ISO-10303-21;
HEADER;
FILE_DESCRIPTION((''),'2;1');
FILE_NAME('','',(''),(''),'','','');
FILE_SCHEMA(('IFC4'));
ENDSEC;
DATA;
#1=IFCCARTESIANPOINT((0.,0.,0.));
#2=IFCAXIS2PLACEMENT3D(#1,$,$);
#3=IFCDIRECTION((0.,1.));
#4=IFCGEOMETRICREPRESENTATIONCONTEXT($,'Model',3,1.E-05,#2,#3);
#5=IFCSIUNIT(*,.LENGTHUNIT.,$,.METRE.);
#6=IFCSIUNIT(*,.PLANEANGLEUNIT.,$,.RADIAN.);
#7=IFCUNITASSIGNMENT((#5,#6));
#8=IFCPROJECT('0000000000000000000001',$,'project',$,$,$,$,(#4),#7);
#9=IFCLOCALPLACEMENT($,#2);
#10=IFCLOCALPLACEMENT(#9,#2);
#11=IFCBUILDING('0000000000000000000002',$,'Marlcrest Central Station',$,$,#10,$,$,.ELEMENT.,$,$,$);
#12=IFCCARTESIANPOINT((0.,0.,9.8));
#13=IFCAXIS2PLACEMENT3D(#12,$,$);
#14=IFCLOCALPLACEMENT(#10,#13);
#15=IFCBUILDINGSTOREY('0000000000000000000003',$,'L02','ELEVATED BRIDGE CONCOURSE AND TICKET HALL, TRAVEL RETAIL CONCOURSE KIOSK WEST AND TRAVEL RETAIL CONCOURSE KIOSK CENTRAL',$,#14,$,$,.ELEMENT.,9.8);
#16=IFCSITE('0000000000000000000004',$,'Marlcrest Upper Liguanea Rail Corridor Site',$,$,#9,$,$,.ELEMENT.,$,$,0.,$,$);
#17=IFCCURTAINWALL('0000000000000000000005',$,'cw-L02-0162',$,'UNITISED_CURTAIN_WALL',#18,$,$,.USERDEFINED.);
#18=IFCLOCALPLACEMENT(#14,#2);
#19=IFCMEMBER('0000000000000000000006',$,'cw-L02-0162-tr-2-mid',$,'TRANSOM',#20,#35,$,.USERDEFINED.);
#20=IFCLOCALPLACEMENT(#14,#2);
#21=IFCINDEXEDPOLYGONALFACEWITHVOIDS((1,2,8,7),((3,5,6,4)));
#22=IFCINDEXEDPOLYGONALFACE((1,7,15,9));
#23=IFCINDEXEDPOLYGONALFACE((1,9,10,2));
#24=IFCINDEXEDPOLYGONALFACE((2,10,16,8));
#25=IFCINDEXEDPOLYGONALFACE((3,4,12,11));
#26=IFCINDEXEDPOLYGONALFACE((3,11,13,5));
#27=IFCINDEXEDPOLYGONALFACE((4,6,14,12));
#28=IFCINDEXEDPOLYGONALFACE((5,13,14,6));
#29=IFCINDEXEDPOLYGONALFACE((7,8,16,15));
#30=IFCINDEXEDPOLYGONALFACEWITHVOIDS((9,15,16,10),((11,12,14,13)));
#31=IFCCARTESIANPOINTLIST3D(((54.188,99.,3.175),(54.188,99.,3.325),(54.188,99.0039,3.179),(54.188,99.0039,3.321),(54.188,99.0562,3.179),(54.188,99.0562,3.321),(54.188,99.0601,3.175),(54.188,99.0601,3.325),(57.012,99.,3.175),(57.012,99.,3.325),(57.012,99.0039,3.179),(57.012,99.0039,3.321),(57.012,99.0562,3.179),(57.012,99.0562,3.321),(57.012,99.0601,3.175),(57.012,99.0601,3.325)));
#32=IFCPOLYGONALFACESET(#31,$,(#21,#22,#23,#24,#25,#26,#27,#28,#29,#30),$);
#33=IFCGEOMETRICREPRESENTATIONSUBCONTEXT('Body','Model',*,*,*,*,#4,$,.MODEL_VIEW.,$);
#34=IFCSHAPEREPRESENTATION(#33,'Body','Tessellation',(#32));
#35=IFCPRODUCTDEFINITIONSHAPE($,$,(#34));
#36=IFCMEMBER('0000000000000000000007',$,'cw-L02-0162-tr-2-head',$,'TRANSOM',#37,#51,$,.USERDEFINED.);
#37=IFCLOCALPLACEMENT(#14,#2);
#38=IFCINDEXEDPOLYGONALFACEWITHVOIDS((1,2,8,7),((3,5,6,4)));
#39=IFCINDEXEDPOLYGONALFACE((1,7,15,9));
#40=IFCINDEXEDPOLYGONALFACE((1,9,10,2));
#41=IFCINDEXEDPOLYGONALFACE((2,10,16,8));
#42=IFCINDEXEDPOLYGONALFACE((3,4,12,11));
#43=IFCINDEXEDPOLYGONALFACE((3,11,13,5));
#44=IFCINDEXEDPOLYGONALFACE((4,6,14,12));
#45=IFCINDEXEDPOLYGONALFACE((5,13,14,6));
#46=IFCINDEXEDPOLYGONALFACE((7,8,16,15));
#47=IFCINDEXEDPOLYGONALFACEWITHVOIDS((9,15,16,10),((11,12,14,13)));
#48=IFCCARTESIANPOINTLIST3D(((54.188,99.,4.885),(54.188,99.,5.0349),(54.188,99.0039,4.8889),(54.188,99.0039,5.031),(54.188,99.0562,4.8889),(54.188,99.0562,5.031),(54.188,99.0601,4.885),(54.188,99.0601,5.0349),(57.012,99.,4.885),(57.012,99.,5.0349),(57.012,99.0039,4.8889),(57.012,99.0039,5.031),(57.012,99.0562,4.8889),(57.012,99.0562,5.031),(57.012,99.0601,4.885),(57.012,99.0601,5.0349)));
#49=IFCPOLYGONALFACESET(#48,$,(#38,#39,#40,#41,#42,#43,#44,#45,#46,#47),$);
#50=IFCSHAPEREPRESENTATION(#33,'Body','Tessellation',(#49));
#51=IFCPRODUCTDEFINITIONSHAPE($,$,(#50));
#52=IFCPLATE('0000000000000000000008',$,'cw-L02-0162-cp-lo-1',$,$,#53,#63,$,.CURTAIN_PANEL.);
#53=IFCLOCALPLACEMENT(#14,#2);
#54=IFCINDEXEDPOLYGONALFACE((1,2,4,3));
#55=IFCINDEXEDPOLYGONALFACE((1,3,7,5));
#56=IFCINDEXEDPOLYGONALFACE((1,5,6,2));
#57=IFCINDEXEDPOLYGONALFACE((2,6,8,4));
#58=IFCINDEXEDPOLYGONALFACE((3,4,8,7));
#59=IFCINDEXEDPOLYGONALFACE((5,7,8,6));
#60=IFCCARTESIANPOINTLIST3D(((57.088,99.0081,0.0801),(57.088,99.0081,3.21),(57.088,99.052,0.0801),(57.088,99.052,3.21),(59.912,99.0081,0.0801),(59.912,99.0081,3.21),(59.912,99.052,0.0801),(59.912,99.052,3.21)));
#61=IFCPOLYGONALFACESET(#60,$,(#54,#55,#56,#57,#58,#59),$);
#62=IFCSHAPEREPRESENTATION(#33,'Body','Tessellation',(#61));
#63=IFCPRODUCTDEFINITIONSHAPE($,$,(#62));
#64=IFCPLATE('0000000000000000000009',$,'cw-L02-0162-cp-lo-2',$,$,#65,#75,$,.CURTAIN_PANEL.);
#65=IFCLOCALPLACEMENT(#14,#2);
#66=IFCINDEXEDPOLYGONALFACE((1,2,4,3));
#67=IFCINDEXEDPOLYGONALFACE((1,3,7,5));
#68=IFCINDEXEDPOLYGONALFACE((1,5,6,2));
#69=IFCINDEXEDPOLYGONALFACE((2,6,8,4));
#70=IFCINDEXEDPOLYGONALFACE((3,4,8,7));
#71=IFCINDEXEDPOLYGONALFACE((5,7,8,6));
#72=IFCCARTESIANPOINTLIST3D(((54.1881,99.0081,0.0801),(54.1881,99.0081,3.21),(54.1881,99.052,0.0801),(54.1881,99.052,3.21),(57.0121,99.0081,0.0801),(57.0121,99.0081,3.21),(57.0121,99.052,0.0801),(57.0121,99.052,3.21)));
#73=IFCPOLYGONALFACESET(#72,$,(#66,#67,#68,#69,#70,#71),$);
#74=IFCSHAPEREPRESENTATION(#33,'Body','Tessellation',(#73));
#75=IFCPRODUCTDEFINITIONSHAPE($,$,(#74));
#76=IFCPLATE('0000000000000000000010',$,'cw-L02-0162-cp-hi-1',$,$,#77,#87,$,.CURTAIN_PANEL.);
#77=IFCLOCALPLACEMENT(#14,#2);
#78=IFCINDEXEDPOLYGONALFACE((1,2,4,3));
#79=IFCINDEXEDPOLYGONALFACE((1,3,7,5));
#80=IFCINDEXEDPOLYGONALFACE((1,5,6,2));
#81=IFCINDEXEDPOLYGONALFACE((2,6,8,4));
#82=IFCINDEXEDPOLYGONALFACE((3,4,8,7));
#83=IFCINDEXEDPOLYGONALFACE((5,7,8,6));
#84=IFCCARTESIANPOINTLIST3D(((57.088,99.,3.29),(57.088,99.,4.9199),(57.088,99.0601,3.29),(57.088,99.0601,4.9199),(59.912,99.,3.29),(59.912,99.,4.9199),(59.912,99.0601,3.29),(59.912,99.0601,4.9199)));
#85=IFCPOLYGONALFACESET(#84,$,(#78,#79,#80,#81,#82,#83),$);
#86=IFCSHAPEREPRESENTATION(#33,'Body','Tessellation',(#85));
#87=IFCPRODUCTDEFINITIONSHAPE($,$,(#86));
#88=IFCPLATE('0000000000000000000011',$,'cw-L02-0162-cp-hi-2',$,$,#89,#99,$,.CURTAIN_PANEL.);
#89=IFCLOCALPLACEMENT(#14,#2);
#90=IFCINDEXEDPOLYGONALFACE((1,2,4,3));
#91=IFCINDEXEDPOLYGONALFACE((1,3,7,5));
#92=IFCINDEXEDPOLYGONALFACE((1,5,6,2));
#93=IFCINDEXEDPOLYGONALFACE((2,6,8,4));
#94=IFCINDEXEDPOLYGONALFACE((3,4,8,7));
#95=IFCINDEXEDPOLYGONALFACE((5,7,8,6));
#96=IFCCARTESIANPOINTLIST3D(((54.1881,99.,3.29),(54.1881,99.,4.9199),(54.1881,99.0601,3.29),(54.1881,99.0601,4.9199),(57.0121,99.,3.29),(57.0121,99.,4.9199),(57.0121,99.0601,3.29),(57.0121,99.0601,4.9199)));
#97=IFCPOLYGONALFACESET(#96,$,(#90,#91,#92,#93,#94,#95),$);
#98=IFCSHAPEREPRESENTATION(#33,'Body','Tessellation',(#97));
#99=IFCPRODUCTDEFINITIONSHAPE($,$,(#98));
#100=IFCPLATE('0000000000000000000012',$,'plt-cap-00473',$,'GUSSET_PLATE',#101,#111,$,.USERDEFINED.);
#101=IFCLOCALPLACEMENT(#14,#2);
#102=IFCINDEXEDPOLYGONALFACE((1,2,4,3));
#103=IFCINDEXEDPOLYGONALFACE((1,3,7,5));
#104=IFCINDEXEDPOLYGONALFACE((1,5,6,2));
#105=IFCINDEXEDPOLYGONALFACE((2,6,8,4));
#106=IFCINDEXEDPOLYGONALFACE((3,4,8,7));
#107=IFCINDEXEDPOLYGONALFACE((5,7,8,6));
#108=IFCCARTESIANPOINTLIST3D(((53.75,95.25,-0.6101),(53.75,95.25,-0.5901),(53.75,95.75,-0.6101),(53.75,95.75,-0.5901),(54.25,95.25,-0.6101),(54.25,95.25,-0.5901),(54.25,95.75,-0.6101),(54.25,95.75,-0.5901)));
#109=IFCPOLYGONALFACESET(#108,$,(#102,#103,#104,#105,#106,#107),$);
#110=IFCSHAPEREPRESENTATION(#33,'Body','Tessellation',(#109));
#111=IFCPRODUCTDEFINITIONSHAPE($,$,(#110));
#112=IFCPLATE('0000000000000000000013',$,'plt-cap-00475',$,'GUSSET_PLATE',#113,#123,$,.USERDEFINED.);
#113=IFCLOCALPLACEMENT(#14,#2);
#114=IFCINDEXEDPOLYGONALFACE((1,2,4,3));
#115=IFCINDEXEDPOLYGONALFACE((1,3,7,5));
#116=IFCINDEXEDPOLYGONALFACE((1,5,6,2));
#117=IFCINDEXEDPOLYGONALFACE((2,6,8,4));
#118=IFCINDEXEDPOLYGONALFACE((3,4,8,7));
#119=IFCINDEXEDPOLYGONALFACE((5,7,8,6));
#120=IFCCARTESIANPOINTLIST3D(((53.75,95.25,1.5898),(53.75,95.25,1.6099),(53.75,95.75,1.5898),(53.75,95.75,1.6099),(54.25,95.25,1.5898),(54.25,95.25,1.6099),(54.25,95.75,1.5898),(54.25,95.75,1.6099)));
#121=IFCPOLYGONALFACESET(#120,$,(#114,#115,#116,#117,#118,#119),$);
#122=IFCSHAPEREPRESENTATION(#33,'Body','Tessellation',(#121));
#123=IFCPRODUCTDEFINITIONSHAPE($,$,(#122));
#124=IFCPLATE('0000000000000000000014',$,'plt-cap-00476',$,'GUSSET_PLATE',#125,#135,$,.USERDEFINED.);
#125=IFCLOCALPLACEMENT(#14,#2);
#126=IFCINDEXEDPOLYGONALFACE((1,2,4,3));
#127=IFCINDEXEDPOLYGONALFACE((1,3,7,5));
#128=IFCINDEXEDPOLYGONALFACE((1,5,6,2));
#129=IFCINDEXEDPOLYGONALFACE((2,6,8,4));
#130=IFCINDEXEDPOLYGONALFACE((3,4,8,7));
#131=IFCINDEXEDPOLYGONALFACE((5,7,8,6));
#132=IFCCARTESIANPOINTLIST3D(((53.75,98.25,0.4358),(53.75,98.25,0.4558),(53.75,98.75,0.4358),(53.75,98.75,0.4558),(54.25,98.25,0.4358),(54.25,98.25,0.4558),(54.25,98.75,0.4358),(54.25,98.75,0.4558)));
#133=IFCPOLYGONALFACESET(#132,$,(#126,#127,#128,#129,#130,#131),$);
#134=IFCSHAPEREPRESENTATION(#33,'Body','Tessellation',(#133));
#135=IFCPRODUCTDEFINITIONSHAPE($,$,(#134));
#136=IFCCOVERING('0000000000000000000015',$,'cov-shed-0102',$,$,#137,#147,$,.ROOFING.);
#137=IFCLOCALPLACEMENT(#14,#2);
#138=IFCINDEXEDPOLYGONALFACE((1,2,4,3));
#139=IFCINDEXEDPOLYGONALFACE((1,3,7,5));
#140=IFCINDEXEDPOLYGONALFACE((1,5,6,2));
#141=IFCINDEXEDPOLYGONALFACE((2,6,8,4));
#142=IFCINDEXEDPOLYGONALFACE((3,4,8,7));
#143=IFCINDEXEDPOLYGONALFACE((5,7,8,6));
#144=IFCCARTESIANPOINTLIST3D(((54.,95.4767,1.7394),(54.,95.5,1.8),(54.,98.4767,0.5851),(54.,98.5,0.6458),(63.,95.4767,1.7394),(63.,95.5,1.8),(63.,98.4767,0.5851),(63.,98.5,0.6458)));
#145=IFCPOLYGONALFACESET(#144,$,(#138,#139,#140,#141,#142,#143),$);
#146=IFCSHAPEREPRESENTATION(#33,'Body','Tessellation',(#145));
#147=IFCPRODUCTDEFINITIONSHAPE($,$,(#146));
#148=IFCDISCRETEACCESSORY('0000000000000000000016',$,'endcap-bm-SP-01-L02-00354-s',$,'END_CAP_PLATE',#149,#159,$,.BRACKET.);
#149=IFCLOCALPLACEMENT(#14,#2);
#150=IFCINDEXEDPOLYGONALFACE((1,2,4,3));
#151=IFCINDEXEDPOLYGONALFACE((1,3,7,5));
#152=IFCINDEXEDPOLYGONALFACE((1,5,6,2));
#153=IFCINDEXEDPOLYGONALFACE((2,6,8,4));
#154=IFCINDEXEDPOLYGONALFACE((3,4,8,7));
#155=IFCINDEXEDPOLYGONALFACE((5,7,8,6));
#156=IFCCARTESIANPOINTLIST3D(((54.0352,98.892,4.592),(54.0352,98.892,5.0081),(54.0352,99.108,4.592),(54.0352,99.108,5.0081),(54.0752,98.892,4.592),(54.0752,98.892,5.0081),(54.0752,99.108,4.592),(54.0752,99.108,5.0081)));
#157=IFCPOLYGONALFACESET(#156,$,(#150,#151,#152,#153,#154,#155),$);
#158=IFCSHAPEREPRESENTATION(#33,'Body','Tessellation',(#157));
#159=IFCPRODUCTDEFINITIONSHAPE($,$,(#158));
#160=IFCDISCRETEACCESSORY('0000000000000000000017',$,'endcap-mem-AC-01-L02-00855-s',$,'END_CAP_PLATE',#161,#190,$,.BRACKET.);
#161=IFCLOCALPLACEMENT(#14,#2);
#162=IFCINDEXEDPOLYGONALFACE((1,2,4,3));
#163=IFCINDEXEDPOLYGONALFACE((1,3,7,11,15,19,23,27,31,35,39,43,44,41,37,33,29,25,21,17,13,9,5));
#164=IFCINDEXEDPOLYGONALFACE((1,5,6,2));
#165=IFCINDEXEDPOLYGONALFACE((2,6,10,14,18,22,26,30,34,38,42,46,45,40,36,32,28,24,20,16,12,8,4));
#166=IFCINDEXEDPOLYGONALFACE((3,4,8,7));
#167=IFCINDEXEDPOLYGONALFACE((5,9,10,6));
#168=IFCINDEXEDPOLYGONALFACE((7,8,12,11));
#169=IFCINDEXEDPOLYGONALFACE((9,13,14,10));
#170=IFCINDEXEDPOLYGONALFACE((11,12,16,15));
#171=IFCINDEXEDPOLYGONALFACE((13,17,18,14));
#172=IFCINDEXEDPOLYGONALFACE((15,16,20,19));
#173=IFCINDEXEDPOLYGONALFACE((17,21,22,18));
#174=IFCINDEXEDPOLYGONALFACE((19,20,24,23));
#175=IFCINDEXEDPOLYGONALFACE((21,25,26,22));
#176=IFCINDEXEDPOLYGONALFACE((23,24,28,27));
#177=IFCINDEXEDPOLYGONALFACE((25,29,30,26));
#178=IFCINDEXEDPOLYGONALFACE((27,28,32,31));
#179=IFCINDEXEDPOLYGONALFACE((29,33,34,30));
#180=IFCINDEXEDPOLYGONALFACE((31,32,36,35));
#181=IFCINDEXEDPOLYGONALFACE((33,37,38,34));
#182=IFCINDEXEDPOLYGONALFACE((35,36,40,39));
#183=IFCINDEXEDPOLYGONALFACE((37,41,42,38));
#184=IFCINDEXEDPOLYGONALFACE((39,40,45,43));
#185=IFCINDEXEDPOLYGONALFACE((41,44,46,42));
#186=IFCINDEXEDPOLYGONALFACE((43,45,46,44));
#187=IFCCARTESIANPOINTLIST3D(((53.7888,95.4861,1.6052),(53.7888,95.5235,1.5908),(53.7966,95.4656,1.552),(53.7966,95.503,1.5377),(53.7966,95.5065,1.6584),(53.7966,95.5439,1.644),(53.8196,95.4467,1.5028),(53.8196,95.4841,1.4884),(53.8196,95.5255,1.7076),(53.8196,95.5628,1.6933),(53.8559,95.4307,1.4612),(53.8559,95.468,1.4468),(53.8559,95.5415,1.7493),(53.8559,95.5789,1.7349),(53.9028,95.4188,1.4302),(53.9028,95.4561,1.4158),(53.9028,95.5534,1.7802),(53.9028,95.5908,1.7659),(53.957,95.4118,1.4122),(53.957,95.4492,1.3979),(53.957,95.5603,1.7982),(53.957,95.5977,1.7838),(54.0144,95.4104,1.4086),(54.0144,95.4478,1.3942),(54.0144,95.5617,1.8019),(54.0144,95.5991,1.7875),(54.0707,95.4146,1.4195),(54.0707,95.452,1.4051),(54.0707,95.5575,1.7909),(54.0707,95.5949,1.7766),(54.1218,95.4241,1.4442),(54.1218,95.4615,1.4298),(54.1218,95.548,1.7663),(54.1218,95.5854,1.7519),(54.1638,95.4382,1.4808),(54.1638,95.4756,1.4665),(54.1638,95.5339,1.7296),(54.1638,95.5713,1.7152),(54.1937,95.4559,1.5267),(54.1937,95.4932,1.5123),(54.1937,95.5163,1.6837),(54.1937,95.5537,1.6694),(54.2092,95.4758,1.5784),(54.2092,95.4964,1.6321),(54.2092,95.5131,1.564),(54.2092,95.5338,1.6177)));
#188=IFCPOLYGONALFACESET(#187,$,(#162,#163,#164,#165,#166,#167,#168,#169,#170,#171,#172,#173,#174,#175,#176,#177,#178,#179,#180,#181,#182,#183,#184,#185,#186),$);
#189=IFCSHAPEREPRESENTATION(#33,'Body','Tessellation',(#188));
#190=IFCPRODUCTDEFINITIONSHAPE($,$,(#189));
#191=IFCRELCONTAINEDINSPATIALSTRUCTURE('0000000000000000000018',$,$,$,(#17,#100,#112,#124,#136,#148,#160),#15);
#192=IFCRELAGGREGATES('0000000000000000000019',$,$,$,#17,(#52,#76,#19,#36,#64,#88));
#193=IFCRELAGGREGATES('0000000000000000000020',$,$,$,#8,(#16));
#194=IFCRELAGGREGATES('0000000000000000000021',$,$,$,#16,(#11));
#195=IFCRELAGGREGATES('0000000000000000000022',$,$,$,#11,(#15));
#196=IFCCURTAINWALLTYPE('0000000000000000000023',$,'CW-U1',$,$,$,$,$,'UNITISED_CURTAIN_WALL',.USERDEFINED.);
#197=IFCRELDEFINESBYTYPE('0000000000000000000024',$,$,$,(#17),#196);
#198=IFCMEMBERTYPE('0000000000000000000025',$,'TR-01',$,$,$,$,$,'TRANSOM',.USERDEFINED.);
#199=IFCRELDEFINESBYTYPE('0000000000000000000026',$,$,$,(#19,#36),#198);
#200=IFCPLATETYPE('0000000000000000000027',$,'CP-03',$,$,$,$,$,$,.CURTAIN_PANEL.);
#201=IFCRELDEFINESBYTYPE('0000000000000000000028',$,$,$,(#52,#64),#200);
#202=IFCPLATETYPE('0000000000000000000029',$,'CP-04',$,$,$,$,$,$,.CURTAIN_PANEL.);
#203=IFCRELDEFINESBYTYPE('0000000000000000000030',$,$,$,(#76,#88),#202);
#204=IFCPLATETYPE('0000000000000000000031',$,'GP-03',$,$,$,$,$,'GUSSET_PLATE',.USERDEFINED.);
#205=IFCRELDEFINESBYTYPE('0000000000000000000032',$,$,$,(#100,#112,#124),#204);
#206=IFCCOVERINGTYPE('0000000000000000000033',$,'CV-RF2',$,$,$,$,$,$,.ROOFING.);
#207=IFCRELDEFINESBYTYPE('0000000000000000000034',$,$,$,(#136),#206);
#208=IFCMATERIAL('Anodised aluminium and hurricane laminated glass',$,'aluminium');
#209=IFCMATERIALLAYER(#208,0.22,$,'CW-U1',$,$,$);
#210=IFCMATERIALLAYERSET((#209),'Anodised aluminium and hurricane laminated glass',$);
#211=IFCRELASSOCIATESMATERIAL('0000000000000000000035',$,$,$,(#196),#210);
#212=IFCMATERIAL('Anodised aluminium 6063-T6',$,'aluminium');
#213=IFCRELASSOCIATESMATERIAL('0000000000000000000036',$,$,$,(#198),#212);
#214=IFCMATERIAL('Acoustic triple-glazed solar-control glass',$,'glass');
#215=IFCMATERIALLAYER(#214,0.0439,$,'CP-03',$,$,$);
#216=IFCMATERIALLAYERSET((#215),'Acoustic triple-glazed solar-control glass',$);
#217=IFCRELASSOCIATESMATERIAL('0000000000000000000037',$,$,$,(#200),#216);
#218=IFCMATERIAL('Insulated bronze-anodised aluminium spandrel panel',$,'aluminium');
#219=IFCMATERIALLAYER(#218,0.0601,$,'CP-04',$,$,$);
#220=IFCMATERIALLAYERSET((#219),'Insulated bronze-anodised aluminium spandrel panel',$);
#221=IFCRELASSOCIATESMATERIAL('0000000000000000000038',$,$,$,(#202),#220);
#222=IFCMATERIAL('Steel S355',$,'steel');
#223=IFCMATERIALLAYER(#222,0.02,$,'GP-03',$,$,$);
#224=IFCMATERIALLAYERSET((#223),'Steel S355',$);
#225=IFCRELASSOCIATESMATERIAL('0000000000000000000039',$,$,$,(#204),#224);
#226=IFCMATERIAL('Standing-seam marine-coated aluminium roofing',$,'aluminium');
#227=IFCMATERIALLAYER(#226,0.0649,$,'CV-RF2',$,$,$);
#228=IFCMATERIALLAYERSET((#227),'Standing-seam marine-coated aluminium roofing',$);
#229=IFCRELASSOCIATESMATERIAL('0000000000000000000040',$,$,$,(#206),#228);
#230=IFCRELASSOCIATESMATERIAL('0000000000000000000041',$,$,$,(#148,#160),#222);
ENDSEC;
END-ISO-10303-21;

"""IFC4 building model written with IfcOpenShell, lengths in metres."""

from ifc_helpers import new_model, si_unit, direction, frame, origin, origin_2d, place, context, subcontext, project, spatial, polyline, rectangle, hollow_rectangle, circle, outline, extrude, material, layer, layer_set, material_profile, profile_set, type_object, element, aggregate, save


model = new_model("IFC4")

# Units and contexts
model_context = context("Model", 3, precision=1e-05, world=origin(), true_north=direction((0.0, 1.0)))
body_context = subcontext(model_context, "Body", "Model", "MODEL_VIEW")
ifc_project = project(units=[si_unit("LENGTHUNIT", "METRE"), si_unit("PLANEANGLEUNIT", "RADIAN")], contexts=[model_context])

# Site, building, storey
site_placement = place(None, origin())
site = spatial("IfcSite", under=ifc_project, at=site_placement, Name="Marlcrest Upper Liguanea Rail Corridor Site", CompositionType="ELEMENT", RefElevation=0.0)
building_placement = place(site_placement, origin())
building = spatial("IfcBuilding", under=site, at=building_placement, Name="Marlcrest Central Station", CompositionType="ELEMENT")
storey_placement = place(building_placement, frame((0.0, 0.0, 9.8)))
storey = spatial("IfcBuildingStorey", under=building, at=storey_placement, Name="L02", Description="ELEVATED BRIDGE CONCOURSE AND TICKET HALL, TRAVEL RETAIL CONCOURSE KIOSK WEST AND TRAVEL RETAIL CONCOURSE KIOSK CENTRAL", CompositionType="ELEMENT", Elevation=9.8)

# Shared definitions
ifc_material_1 = material(Name="Steel S355", Category="steel")

# Curtain wall
ifc_material_2 = material(Name="Anodised aluminium and hurricane laminated glass", Category="aluminium")
ifc_layer_1 = layer(ifc_material_2, 0.22, Name="CW-U1")
ifc_layer_set_1 = layer_set([ifc_layer_1], Name="Anodised aluminium and hurricane laminated glass")
curtain_wall_type = type_object("IfcCurtainWallType", Name="CW-U1", ElementType="UNITISED_CURTAIN_WALL", PredefinedType="USERDEFINED", material=ifc_layer_set_1)
curtain_wall_placement = place(storey_placement, origin())
curtain_wall = element("IfcCurtainWall", 1, at=curtain_wall_placement, inside=storey, type_object=curtain_wall_type, Name="cw-L02-0162", ObjectType="UNITISED_CURTAIN_WALL", PredefinedType="USERDEFINED")
ifc_material_3 = material(Name="Anodised aluminium 6063-T6", Category="aluminium")

# Members
ifc_material_profile_1 = material_profile(ifc_material_3, hollow_rectangle(XDim=0.0601, YDim=0.1499, WallThickness=0.0039, at=origin_2d()), Name="AA-RHS 150x60x4")
ifc_profile_set_1 = profile_set([ifc_material_profile_1], Name="Anodised aluminium 6063-T6")
member_type_1 = type_object("IfcMemberType", Name="TR-01", ElementType="TRANSOM", PredefinedType="USERDEFINED", material=ifc_profile_set_1)
member_1_placement = place(storey_placement, frame((57.012, 99.03, 3.25), z_axis=(-1.0, 0.0, 0.0), x_axis=(0.0, -1.0, 0.0)))
member_1 = element("IfcMember", 2, at=member_1_placement, type_object=member_type_1, Name="cw-L02-0162-tr-2-mid", ObjectType="TRANSOM", PredefinedType="USERDEFINED", context=body_context, shape_type="SweptSolid", body=[
    extrude(hollow_rectangle(XDim=0.0601, YDim=0.1499, WallThickness=0.0039, at=origin_2d()), origin(), (0.0, 0.0, 1.0), 2.824),
])
member_2_placement = place(storey_placement, frame((57.012, 99.03, 4.96), z_axis=(-1.0, 0.0, 0.0), x_axis=(0.0, -1.0, 0.0)))
member_2 = element("IfcMember", 3, at=member_2_placement, type_object=member_type_1, Name="cw-L02-0162-tr-2-head", ObjectType="TRANSOM", PredefinedType="USERDEFINED", context=body_context, shape_type="SweptSolid", body=[
    extrude(hollow_rectangle(XDim=0.0601, YDim=0.1499, WallThickness=0.0039, at=origin_2d()), origin(), (0.0, 0.0, 1.0), 2.824),
])

# Plates
ifc_material_4 = material(Name="Acoustic triple-glazed solar-control glass", Category="glass")
ifc_layer_2 = layer(ifc_material_4, 0.0439, Name="CP-03")
ifc_layer_set_2 = layer_set([ifc_layer_2], Name="Acoustic triple-glazed solar-control glass")
plate_type_1 = type_object("IfcPlateType", Name="CP-03", PredefinedType="CURTAIN_PANEL", material=ifc_layer_set_2)
plate_1_placement = place(storey_placement, frame((58.5, 99.03, 0.0801), z_axis=(0.0, 0.0, 1.0), x_axis=(-1.0, 0.0, 0.0)))
plate_1 = element("IfcPlate", 4, at=plate_1_placement, type_object=plate_type_1, Name="cw-L02-0162-cp-lo-1", PredefinedType="CURTAIN_PANEL", context=body_context, shape_type="SweptSolid", body=[
    extrude(rectangle(XDim=2.824, YDim=0.0439, at=origin_2d()), origin(), (0.0, 0.0, 1.0), 3.1299),
])
plate_2_placement = place(storey_placement, frame((55.6001, 99.03, 0.0801), z_axis=(0.0, 0.0, 1.0), x_axis=(-1.0, 0.0, 0.0)))
plate_2 = element("IfcPlate", 5, at=plate_2_placement, type_object=plate_type_1, Name="cw-L02-0162-cp-lo-2", PredefinedType="CURTAIN_PANEL", context=body_context, shape_type="SweptSolid", body=[
    extrude(rectangle(XDim=2.824, YDim=0.0439, at=origin_2d()), origin(), (0.0, 0.0, 1.0), 3.1299),
])
ifc_material_5 = material(Name="Insulated bronze-anodised aluminium spandrel panel", Category="aluminium")
ifc_layer_3 = layer(ifc_material_5, 0.0601, Name="CP-04")
ifc_layer_set_3 = layer_set([ifc_layer_3], Name="Insulated bronze-anodised aluminium spandrel panel")
plate_type_2 = type_object("IfcPlateType", Name="CP-04", PredefinedType="CURTAIN_PANEL", material=ifc_layer_set_3)
plate_3_placement = place(storey_placement, frame((58.5, 99.03, 3.29), z_axis=(0.0, 0.0, 1.0), x_axis=(-1.0, 0.0, 0.0)))
plate_3 = element("IfcPlate", 6, at=plate_3_placement, type_object=plate_type_2, Name="cw-L02-0162-cp-hi-1", PredefinedType="CURTAIN_PANEL", context=body_context, shape_type="SweptSolid", body=[
    extrude(rectangle(XDim=2.824, YDim=0.0601, at=origin_2d()), origin(), (0.0, 0.0, 1.0), 1.6299),
])
plate_4_placement = place(storey_placement, frame((55.6001, 99.03, 3.29), z_axis=(0.0, 0.0, 1.0), x_axis=(-1.0, 0.0, 0.0)))
plate_4 = element("IfcPlate", 7, at=plate_4_placement, type_object=plate_type_2, Name="cw-L02-0162-cp-hi-2", PredefinedType="CURTAIN_PANEL", context=body_context, shape_type="SweptSolid", body=[
    extrude(rectangle(XDim=2.824, YDim=0.0601, at=origin_2d()), origin(), (0.0, 0.0, 1.0), 1.6299),
])
aggregate(curtain_wall, [plate_1, plate_3, member_1, member_2, plate_2, plate_4])

# Plates
ifc_layer_4 = layer(ifc_material_1, 0.02, Name="GP-03")
ifc_layer_set_4 = layer_set([ifc_layer_4], Name="Steel S355")
plate_type_3 = type_object("IfcPlateType", Name="GP-03", ElementType="GUSSET_PLATE", PredefinedType="USERDEFINED", material=ifc_layer_set_4)
for number, where, z_axis, x_axis, name in (
    (8, (54.0, 95.5, -0.6101), (0.0, 0.0, 1.0), (1.0, 0.0, 0.0), "plt-cap-00473"),
    (9, (54.0, 95.5, 1.5898), (0.0, 0.0, 1.0), (1.0, 0.0, 0.0), "plt-cap-00475"),
    (10, (54.0, 98.5, 0.4358), (0.0, 0.0, 1.0), (1.0, 0.0, 0.0), "plt-cap-00476"),
):
    element("IfcPlate", number, at=place(storey_placement, frame(where, z_axis=z_axis, x_axis=x_axis)), inside=storey, type_object=plate_type_3, Name=name, ObjectType="GUSSET_PLATE", PredefinedType="USERDEFINED", context=body_context, shape_type="SweptSolid", body=[
        extrude(rectangle(XDim=0.5, YDim=0.5, at=origin_2d()), origin(), (0.0, 0.0, 1.0), 0.02),
    ])

# Covering
ifc_material_6 = material(Name="Standing-seam marine-coated aluminium roofing", Category="aluminium")
ifc_layer_5 = layer(ifc_material_6, 0.0649, Name="CV-RF2")
ifc_layer_set_5 = layer_set([ifc_layer_5], Name="Standing-seam marine-coated aluminium roofing")
covering_type = type_object("IfcCoveringType", Name="CV-RF2", PredefinedType="ROOFING", material=ifc_layer_set_5)
covering_placement = place(storey_placement, frame((54.0, 95.5, 1.8), z_axis=(0.0, 0.359101, 0.933299), x_axis=(1.0, 0.0, 0.0)))
element("IfcCovering", 11, at=covering_placement, inside=storey, type_object=covering_type, Name="cov-shed-0102", PredefinedType="ROOFING", context=body_context, shape_type="SweptSolid", body=[
    extrude(outline(polyline([(0.0, 0.0), (9.0, 0.0), (9.0, 3.2144), (0.0, 3.2144), (0.0, 0.0)])), origin(), (0.0, 0.0, -1.0), 0.0649),
])

# Discrete accessories
discrete_accessory_placement = place(storey_placement, frame((54.0352, 99.0, 4.8), z_axis=(1.0, 0.0, 0.0), x_axis=(0.0, 1.0, 0.0)))
element("IfcDiscreteAccessory", 12, at=discrete_accessory_placement, inside=storey, material=ifc_material_1, Name="endcap-bm-SP-01-L02-00354-s", ObjectType="END_CAP_PLATE", PredefinedType="BRACKET", context=body_context, shape_type="SweptSolid", body=[
    extrude(rectangle(XDim=0.2161, YDim=0.416, at=origin_2d()), origin(), (0.0, 0.0, 1.0), 0.04),
])
for number, where, z_axis, x_axis, name in (
    (13, (54.0, 95.4861, 1.6052), (0.0, 0.933324, -0.359035), (-1.0, 0.0, 0.0), "endcap-mem-AC-01-L02-00855-s"),
):
    element("IfcDiscreteAccessory", number, at=place(storey_placement, frame(where, z_axis=z_axis, x_axis=x_axis)), inside=storey, material=ifc_material_1, Name=name, ObjectType="END_CAP_PLATE", PredefinedType="BRACKET", context=body_context, shape_type="SweptSolid", body=[
        extrude(circle(Radius=0.2112, at=origin_2d()), origin(), (0.0, 0.0, 1.0), 0.04),
    ])

save(model, "model.ifc")
